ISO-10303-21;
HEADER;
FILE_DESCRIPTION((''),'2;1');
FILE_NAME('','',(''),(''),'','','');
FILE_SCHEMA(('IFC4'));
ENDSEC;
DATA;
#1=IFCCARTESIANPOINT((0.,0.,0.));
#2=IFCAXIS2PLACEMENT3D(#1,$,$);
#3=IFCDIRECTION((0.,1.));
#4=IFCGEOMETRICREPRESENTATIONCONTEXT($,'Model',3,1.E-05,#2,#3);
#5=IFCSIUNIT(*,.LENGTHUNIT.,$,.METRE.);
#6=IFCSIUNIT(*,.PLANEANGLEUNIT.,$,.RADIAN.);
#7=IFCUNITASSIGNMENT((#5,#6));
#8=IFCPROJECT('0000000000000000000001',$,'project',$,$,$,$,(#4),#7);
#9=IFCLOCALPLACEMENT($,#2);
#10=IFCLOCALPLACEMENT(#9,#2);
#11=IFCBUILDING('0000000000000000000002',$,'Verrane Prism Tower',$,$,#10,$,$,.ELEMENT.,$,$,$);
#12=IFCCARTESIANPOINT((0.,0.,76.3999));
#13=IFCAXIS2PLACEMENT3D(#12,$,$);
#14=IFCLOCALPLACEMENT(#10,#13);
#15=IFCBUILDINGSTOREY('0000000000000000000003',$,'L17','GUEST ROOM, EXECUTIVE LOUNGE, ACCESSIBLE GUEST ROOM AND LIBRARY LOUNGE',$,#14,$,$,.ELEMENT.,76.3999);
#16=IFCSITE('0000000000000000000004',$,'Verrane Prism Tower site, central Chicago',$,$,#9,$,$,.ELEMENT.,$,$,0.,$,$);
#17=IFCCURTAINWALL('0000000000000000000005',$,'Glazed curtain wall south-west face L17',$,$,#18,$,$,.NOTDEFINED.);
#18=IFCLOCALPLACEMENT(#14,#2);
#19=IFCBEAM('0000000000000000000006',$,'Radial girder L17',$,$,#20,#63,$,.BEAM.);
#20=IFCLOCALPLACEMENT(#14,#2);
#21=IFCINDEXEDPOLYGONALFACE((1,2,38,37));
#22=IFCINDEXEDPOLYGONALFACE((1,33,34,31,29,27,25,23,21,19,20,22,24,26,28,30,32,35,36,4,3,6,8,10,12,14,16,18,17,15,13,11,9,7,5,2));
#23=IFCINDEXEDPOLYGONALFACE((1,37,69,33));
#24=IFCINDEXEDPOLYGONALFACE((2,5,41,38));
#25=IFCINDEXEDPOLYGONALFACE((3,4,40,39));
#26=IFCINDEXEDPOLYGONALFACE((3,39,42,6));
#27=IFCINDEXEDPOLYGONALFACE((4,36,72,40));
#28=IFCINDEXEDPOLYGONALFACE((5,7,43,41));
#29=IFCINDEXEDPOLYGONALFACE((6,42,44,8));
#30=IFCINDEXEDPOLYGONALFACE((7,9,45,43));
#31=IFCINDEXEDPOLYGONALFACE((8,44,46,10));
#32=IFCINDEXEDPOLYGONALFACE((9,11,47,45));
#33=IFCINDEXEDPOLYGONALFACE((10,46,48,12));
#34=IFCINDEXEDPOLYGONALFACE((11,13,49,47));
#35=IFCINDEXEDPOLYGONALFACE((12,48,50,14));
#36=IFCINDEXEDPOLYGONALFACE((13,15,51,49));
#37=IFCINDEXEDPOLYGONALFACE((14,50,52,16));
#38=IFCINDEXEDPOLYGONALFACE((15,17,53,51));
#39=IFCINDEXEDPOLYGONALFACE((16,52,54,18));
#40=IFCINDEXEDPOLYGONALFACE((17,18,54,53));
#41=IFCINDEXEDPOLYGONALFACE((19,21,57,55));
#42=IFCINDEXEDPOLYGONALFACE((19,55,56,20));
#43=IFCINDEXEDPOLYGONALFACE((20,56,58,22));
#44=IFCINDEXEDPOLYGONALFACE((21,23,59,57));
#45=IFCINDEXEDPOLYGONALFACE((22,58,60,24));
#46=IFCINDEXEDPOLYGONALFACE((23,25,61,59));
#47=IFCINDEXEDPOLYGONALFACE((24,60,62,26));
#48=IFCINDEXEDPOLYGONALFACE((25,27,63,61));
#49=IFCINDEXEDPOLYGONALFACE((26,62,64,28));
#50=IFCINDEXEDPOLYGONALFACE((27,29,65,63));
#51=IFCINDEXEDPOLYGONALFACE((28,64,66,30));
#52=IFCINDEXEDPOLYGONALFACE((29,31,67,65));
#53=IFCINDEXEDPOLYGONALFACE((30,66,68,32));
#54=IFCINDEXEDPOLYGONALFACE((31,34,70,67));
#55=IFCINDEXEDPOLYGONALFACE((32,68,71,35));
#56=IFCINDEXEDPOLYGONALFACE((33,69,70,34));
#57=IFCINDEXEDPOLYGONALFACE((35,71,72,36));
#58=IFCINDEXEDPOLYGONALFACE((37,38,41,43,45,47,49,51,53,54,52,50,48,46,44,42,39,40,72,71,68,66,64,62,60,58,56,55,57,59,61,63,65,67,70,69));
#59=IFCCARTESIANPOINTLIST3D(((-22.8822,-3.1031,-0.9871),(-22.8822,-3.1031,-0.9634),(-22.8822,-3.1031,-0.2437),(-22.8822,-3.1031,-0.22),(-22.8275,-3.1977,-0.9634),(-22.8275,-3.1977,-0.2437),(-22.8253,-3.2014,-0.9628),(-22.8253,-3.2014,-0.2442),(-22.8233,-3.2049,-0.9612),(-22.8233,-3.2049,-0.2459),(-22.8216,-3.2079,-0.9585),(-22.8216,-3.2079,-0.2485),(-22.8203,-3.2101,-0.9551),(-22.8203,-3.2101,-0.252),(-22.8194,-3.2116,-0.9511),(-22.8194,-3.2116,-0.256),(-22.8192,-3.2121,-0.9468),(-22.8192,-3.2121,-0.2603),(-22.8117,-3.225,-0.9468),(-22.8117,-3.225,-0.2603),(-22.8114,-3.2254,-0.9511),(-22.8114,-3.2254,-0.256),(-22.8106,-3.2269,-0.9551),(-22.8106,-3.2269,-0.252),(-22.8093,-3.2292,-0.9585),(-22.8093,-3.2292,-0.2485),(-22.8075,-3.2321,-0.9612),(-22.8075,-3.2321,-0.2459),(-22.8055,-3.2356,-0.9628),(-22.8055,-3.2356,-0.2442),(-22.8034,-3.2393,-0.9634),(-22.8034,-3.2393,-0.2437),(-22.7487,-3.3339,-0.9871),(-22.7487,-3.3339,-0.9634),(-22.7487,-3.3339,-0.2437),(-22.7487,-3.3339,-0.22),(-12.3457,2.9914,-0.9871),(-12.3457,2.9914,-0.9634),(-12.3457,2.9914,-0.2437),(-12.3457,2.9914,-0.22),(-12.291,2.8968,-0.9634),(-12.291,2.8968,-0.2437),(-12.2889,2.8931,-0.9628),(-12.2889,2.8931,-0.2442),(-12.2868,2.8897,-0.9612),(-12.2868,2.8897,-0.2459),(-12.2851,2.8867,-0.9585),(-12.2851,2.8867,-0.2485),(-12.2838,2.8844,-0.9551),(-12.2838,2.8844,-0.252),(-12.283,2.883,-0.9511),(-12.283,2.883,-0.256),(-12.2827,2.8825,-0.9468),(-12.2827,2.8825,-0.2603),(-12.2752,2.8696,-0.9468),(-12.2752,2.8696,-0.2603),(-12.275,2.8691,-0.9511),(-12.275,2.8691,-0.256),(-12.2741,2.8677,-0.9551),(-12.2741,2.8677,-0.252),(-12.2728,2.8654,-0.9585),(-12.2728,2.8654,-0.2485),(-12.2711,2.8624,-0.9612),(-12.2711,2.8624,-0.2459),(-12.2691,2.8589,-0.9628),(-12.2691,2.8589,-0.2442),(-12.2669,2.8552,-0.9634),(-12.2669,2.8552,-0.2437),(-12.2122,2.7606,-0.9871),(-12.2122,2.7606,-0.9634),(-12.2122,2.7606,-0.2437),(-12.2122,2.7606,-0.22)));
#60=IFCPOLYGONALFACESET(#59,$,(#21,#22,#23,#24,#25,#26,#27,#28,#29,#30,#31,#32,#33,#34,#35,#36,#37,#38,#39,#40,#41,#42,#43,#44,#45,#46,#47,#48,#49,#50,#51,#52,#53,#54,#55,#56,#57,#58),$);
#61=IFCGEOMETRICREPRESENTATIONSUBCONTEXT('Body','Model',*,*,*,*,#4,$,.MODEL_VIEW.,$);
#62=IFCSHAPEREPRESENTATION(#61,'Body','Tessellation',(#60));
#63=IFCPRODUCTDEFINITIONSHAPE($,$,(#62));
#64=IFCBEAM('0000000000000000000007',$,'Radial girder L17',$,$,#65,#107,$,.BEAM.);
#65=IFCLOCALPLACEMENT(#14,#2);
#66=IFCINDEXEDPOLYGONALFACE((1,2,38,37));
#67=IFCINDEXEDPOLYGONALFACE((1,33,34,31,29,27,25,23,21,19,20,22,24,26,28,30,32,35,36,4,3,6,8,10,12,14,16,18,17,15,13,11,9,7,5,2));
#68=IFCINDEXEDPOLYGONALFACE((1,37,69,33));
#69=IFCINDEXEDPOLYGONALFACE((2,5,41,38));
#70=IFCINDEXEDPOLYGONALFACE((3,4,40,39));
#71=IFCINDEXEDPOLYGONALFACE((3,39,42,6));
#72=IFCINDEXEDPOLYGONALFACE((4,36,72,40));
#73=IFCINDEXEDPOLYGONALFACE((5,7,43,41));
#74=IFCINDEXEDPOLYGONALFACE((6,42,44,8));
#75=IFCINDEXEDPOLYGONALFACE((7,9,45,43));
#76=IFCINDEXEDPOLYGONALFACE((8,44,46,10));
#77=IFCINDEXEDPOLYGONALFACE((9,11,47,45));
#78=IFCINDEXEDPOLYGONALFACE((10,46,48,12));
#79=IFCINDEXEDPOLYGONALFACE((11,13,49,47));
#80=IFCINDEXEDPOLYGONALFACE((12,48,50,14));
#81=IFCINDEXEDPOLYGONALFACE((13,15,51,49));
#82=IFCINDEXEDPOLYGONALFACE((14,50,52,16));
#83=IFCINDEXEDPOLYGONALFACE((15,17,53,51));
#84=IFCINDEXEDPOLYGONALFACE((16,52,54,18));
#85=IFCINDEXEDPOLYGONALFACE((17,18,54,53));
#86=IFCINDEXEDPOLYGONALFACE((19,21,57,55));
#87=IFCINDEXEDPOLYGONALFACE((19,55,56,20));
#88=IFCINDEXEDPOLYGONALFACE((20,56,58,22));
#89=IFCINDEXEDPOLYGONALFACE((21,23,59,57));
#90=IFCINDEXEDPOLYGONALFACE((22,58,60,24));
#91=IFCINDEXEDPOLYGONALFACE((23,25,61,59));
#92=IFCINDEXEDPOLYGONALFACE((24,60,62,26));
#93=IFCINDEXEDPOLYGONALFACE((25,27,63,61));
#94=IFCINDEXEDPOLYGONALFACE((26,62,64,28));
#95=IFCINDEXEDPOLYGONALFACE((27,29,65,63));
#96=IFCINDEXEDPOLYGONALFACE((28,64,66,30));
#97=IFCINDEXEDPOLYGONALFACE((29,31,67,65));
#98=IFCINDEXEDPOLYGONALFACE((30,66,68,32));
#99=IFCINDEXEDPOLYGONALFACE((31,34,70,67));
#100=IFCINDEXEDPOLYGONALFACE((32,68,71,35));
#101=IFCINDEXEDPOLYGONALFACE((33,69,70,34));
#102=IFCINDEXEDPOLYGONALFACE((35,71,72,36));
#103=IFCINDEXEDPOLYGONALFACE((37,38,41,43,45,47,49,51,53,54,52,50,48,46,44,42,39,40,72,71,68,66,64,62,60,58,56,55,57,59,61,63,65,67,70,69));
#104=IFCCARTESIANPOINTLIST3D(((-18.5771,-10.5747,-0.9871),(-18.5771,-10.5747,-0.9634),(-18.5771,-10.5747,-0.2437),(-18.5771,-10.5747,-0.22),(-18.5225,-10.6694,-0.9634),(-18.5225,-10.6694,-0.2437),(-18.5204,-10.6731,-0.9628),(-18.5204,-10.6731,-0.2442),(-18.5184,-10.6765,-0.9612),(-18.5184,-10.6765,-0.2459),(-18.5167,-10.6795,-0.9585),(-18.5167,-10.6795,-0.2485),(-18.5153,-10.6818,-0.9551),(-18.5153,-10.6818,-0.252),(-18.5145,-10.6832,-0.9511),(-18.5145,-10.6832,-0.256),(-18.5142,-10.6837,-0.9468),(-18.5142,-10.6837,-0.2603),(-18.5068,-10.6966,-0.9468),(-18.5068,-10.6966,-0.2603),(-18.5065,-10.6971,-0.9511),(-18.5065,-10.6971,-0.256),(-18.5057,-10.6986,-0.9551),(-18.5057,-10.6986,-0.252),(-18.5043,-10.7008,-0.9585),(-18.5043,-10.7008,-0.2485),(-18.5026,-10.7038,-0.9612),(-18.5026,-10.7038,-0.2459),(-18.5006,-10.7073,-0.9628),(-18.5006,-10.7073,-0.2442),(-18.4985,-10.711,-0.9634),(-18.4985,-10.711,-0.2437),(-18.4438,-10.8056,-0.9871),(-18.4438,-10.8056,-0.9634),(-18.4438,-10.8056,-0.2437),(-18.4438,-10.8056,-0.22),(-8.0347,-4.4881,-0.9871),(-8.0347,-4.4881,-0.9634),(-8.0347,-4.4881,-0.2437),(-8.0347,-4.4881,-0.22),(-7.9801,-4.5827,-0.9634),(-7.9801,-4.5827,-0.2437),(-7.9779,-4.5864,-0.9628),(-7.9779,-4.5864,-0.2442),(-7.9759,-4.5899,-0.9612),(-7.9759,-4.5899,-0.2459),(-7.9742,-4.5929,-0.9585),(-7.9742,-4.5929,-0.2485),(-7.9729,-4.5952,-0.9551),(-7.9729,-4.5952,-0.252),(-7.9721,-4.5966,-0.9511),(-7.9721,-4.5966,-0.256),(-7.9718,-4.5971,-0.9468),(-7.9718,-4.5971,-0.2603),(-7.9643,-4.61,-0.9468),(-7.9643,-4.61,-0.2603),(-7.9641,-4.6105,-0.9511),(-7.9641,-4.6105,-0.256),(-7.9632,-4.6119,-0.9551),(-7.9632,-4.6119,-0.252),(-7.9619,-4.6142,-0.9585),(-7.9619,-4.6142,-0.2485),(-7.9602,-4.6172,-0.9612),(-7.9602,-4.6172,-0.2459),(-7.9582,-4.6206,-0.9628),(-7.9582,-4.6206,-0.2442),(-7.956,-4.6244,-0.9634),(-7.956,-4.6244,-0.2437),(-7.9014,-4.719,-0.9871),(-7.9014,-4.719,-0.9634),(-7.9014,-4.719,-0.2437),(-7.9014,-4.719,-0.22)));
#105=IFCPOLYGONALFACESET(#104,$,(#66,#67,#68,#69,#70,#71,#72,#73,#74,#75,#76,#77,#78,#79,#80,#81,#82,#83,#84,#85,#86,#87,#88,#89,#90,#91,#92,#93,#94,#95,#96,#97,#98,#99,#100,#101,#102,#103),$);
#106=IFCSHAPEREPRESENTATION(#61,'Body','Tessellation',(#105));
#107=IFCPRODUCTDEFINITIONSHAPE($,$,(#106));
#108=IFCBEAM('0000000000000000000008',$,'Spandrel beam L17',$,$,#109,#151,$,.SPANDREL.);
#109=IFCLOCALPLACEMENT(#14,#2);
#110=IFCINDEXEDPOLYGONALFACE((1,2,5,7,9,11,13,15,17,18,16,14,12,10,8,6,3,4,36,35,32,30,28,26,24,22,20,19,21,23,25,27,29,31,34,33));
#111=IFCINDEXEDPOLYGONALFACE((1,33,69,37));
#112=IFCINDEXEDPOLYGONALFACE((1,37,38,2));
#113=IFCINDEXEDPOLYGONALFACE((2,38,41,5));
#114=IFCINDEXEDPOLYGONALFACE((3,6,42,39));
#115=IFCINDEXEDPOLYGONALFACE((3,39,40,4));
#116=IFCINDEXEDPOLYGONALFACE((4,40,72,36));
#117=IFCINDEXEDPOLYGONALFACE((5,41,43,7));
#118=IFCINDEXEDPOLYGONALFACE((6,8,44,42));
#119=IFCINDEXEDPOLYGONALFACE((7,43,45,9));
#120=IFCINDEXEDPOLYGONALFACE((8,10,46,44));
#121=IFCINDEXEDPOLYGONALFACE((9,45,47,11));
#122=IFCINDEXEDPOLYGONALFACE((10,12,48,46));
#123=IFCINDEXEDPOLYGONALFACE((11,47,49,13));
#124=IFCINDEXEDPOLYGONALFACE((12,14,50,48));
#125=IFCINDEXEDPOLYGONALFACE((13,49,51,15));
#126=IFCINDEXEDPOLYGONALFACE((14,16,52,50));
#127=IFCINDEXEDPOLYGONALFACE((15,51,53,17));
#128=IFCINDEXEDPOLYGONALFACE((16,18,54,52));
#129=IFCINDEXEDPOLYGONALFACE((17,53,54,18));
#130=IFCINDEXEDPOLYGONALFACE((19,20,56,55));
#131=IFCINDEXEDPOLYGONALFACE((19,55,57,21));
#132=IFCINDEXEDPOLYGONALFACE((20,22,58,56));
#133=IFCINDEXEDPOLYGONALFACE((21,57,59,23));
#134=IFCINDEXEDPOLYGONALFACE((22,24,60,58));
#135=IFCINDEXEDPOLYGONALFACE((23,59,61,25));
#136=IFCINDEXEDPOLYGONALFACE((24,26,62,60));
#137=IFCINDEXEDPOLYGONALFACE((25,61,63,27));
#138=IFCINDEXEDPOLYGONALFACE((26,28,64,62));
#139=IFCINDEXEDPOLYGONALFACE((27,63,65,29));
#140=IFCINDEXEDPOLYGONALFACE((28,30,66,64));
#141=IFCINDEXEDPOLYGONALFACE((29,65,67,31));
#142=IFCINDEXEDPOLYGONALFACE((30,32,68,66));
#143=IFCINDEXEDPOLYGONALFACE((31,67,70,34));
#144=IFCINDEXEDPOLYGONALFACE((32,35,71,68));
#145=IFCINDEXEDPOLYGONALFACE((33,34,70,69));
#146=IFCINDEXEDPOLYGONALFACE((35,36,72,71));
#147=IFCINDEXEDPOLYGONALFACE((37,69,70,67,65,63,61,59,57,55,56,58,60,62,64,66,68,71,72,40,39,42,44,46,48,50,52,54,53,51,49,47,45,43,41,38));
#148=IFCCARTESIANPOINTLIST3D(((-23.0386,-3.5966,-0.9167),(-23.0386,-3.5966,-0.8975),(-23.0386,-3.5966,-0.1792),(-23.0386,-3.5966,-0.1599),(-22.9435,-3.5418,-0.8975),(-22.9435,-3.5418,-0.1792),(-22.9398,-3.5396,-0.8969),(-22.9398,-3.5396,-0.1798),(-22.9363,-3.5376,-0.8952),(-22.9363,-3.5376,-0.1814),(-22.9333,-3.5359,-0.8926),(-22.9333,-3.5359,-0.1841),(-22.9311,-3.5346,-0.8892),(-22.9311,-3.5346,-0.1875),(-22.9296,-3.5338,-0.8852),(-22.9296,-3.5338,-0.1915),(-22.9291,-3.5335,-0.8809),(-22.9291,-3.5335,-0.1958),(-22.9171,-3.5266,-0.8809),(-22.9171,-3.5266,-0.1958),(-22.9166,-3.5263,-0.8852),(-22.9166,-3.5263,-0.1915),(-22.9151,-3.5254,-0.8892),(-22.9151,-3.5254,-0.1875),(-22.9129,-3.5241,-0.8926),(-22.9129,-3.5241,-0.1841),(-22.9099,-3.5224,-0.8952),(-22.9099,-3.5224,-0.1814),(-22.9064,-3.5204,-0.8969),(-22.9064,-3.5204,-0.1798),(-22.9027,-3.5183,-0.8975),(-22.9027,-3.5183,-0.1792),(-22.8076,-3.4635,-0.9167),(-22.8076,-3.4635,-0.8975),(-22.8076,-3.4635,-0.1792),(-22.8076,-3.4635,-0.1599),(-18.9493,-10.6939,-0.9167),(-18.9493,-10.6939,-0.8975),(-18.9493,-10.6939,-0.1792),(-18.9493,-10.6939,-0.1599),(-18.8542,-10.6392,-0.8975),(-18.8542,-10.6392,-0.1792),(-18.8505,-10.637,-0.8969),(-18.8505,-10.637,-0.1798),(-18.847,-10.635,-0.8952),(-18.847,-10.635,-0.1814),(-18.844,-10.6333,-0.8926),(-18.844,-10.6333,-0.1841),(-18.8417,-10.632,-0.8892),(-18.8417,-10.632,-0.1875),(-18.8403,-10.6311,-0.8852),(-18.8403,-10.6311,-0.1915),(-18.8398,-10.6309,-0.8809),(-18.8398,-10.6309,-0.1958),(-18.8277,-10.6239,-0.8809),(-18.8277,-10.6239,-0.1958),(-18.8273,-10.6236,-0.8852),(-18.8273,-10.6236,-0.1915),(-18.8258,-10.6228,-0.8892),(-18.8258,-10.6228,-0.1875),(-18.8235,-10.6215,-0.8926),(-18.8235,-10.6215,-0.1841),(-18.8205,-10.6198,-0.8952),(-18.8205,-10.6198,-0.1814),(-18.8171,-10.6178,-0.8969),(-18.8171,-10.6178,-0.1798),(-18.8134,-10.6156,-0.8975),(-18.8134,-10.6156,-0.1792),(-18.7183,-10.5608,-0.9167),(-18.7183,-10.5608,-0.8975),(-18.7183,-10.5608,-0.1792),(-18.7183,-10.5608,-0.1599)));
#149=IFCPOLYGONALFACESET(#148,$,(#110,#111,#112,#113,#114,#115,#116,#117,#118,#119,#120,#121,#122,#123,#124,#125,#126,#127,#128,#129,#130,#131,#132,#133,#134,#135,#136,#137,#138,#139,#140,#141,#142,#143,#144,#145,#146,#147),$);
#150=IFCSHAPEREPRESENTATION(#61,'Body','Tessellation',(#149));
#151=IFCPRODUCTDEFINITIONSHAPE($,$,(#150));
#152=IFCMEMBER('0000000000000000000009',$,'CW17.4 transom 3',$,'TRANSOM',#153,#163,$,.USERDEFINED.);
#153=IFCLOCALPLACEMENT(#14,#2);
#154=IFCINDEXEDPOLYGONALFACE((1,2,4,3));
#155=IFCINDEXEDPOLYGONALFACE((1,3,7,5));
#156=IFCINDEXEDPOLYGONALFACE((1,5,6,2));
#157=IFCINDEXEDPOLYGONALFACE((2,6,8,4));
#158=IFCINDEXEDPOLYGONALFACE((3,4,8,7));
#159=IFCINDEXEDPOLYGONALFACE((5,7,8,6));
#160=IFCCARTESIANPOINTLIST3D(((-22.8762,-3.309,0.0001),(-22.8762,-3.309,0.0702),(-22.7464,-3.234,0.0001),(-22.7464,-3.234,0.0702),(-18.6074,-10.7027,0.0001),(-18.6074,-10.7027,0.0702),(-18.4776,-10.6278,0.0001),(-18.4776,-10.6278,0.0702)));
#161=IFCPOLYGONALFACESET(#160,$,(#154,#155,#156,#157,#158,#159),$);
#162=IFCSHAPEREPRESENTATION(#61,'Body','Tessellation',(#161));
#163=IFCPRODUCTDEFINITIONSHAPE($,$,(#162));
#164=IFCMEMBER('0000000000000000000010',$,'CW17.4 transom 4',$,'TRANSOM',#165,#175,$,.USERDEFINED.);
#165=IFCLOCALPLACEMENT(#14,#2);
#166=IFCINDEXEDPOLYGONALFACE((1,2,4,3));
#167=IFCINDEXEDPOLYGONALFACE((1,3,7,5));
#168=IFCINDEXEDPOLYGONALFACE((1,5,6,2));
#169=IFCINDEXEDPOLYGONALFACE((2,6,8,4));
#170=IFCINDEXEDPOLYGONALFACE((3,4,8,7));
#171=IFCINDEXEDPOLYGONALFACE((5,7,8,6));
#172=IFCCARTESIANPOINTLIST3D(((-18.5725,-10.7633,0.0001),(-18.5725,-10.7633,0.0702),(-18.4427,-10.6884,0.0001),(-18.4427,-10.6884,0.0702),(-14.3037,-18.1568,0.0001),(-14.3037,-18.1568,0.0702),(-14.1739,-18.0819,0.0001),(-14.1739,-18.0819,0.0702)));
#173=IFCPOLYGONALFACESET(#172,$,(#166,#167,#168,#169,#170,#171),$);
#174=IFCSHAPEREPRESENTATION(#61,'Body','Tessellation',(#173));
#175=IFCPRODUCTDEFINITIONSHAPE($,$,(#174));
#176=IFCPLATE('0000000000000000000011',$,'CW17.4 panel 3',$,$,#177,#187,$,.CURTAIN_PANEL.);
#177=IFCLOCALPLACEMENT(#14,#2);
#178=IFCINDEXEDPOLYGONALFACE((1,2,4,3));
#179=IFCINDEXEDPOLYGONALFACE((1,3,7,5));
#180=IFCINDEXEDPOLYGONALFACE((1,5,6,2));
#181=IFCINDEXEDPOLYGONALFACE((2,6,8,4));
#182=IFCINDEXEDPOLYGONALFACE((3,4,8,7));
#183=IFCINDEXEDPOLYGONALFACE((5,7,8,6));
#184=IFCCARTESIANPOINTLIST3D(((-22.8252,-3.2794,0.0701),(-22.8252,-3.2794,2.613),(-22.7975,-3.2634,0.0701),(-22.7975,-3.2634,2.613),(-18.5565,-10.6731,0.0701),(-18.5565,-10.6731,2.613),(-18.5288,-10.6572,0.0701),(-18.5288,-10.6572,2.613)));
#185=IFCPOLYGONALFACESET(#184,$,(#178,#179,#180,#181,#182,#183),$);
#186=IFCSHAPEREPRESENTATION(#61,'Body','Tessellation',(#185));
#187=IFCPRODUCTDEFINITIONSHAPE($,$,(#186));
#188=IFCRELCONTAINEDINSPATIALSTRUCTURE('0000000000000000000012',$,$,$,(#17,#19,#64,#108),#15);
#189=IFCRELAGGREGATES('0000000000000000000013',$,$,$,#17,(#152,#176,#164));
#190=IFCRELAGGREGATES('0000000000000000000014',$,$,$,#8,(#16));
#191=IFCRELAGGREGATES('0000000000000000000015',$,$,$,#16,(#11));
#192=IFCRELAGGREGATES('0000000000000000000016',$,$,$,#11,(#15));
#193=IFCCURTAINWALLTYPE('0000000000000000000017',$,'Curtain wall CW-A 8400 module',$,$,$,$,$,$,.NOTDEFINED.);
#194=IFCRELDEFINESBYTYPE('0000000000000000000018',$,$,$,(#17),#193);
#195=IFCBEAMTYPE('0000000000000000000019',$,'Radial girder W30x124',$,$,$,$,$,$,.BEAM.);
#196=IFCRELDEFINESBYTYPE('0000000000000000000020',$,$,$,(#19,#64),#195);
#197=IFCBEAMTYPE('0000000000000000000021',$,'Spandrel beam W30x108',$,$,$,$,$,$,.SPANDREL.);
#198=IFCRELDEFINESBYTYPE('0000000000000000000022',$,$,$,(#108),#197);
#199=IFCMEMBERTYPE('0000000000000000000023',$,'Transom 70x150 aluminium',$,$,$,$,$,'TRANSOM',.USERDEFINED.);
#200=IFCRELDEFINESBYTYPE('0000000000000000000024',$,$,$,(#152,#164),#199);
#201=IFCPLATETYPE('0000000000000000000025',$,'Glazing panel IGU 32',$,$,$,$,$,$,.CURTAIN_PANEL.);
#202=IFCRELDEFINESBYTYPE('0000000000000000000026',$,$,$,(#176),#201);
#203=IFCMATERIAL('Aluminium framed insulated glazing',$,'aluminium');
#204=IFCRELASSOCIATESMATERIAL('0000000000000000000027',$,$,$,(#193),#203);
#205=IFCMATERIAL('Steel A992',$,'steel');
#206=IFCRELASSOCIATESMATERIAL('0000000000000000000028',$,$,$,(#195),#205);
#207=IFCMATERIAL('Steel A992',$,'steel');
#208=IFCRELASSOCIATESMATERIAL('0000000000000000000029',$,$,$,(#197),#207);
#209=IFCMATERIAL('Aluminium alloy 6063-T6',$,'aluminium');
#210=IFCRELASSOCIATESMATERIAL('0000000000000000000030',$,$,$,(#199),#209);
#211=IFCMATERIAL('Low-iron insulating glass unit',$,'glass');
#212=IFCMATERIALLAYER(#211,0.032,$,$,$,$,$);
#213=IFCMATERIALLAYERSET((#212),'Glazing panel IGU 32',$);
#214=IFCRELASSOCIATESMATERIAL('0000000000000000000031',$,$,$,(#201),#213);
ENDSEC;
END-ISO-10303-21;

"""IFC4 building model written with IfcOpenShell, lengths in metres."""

from ifc_helpers import new_model, si_unit, direction, frame, origin, origin_2d, place, context, subcontext, project, spatial, rectangle, i_section, extrude, material, layer, layer_set, material_profile, profile_set, type_object, element, aggregate, save


model = new_model("IFC4")

# Units and contexts
model_context = context("Model", 3, precision=1e-05, world=origin(), true_north=direction((0.0, 1.0)))
body_context = subcontext(model_context, "Body", "Model", "MODEL_VIEW")
ifc_project = project(units=[si_unit("LENGTHUNIT", "METRE"), si_unit("PLANEANGLEUNIT", "RADIAN")], contexts=[model_context])

# Site, building, storey
site_placement = place(None, origin())
site = spatial("IfcSite", under=ifc_project, at=site_placement, Name="Verrane Prism Tower site, central Chicago", CompositionType="ELEMENT", RefElevation=0.0)
building_placement = place(site_placement, origin())
building = spatial("IfcBuilding", under=site, at=building_placement, Name="Verrane Prism Tower", CompositionType="ELEMENT")
storey_placement = place(building_placement, frame((0.0, 0.0, 76.3999)))
storey = spatial("IfcBuildingStorey", under=building, at=storey_placement, Name="L17", Description="GUEST ROOM, EXECUTIVE LOUNGE, ACCESSIBLE GUEST ROOM AND LIBRARY LOUNGE", CompositionType="ELEMENT", Elevation=76.3999)

# Curtain wall
ifc_material_1 = material(Name="Aluminium framed insulated glazing", Category="aluminium")
curtain_wall_type = type_object("IfcCurtainWallType", Name="Curtain wall CW-A 8400 module", PredefinedType="NOTDEFINED", material=ifc_material_1)
curtain_wall_placement = place(storey_placement, origin())
curtain_wall = element("IfcCurtainWall", 1, at=curtain_wall_placement, inside=storey, type_object=curtain_wall_type, Name="Glazed curtain wall south-west face L17", PredefinedType="NOTDEFINED")

# Beams
ifc_material_2 = material(Name="Steel A992", Category="steel")
ifc_material_profile_1 = material_profile(ifc_material_2, i_section(OverallWidth=0.2666, OverallDepth=0.7671, WebThickness=0.0149, FlangeThickness=0.0237, FilletRadius=0.0166, at=origin_2d()), Name="W30x124")
ifc_profile_set_1 = profile_set([ifc_material_profile_1], Name="Steel A992")
beam_type_1 = type_object("IfcBeamType", Name="Radial girder W30x124", PredefinedType="BEAM", material=ifc_profile_set_1)
beam_1_placement = place(storey_placement, frame((-22.8154, -3.2185, -0.6035), z_axis=(0.865623, 0.500696, 0.0), x_axis=(-0.500696, 0.865623, 0.0)))
element("IfcBeam", 2, at=beam_1_placement, inside=storey, type_object=beam_type_1, Name="Radial girder L17", PredefinedType="BEAM", context=body_context, shape_type="SweptSolid", body=[
    extrude(i_section(OverallWidth=0.2666, OverallDepth=0.7671, WebThickness=0.0149, FlangeThickness=0.0237, FilletRadius=0.0166, at=origin_2d()), origin(), (0.0, 0.0, 1.0), 12.1721),
])
beam_2_placement = place(storey_placement, frame((-18.5105, -10.6902, -0.6035), z_axis=(0.866027, 0.499998, 0.0), x_axis=(-0.499998, 0.866027, 0.0)))
element("IfcBeam", 3, at=beam_2_placement, inside=storey, type_object=beam_type_1, Name="Radial girder L17", PredefinedType="BEAM", context=body_context, shape_type="SweptSolid", body=[
    extrude(i_section(OverallWidth=0.2666, OverallDepth=0.7671, WebThickness=0.0149, FlangeThickness=0.0237, FilletRadius=0.0166, at=origin_2d()), origin(), (0.0, 0.0, 1.0), 12.1733),
])
ifc_material_3 = material(Name="Steel A992", Category="steel")
ifc_material_profile_2 = material_profile(ifc_material_3, i_section(OverallWidth=0.2666, OverallDepth=0.7568, WebThickness=0.0139, FlangeThickness=0.0193, FilletRadius=0.0166, at=origin_2d()), Name="W30x108")
ifc_profile_set_2 = profile_set([ifc_material_profile_2], Name="Steel A992")
beam_type_2 = type_object("IfcBeamType", Name="Spandrel beam W30x108", PredefinedType="SPANDREL", material=ifc_profile_set_2)
beam_3_placement = place(storey_placement, frame((-22.9231, -3.53, -0.5383), z_axis=(0.499236, -0.866466, 0.0), x_axis=(0.866466, 0.499236, 0.0)))
element("IfcBeam", 4, at=beam_3_placement, inside=storey, type_object=beam_type_2, Name="Spandrel beam L17", PredefinedType="SPANDREL", context=body_context, shape_type="SweptSolid", body=[
    extrude(i_section(OverallWidth=0.2666, OverallDepth=0.7568, WebThickness=0.0139, FlangeThickness=0.0193, FilletRadius=0.0166, at=origin_2d()), origin(), (0.0, 0.0, 1.0), 8.1912),
])

# Members
ifc_material_4 = material(Name="Aluminium alloy 6063-T6", Category="aluminium")
ifc_material_profile_3 = material_profile(ifc_material_4, rectangle(XDim=0.1499, YDim=0.0701, at=origin_2d()), Name="Transom 70x150 aluminium")
ifc_profile_set_3 = profile_set([ifc_material_profile_3], Name="Aluminium alloy 6063-T6")
member_type_1 = type_object("IfcMemberType", Name="Transom 70x150 aluminium", ElementType="TRANSOM", PredefinedType="USERDEFINED", material=ifc_profile_set_3)
member_1_placement = place(storey_placement, frame((-22.8113, -3.2715, 0.0352), z_axis=(0.499999, -0.866026, 0.0), x_axis=(0.866026, 0.499999, 0.0)))
member_1 = element("IfcMember", 5, at=member_1_placement, type_object=member_type_1, Name="CW17.4 transom 3", ObjectType="TRANSOM", PredefinedType="USERDEFINED", context=body_context, shape_type="SweptSolid", body=[
    extrude(rectangle(XDim=0.1499, YDim=0.0701, at=origin_2d()), origin(), (0.0, 0.0, 1.0), 8.5376),
])
member_2_placement = place(storey_placement, frame((-18.5076, -10.7258, 0.0352), z_axis=(0.500011, -0.866019, 0.0), x_axis=(0.866019, 0.500011, 0.0)))
member_2 = element("IfcMember", 6, at=member_2_placement, type_object=member_type_1, Name="CW17.4 transom 4", ObjectType="TRANSOM", PredefinedType="USERDEFINED", context=body_context, shape_type="SweptSolid", body=[
    extrude(rectangle(XDim=0.1499, YDim=0.0701, at=origin_2d()), origin(), (0.0, 0.0, 1.0), 8.5374),
])

# Plate
ifc_material_5 = material(Name="Low-iron insulating glass unit", Category="glass")
ifc_layer_1 = layer(ifc_material_5, 0.032)
ifc_layer_set_1 = layer_set([ifc_layer_1], Name="Glazing panel IGU 32")
plate_type = type_object("IfcPlateType", Name="Glazing panel IGU 32", PredefinedType="CURTAIN_PANEL", material=ifc_layer_set_1)
plate_placement = place(storey_placement, frame((-20.677, -6.9683, 0.0701), z_axis=(0.0, 0.0, 1.0), x_axis=(0.499999, -0.866026, 0.0)))
plate = element("IfcPlate", 7, at=plate_placement, type_object=plate_type, Name="CW17.4 panel 3", PredefinedType="CURTAIN_PANEL", context=body_context, shape_type="SweptSolid", body=[
    extrude(rectangle(XDim=8.5376, YDim=0.032, at=origin_2d()), origin(), (0.0, 0.0, 1.0), 2.543),
])
aggregate(curtain_wall, [member_1, plate, member_2])

save(model, "model.ifc")
